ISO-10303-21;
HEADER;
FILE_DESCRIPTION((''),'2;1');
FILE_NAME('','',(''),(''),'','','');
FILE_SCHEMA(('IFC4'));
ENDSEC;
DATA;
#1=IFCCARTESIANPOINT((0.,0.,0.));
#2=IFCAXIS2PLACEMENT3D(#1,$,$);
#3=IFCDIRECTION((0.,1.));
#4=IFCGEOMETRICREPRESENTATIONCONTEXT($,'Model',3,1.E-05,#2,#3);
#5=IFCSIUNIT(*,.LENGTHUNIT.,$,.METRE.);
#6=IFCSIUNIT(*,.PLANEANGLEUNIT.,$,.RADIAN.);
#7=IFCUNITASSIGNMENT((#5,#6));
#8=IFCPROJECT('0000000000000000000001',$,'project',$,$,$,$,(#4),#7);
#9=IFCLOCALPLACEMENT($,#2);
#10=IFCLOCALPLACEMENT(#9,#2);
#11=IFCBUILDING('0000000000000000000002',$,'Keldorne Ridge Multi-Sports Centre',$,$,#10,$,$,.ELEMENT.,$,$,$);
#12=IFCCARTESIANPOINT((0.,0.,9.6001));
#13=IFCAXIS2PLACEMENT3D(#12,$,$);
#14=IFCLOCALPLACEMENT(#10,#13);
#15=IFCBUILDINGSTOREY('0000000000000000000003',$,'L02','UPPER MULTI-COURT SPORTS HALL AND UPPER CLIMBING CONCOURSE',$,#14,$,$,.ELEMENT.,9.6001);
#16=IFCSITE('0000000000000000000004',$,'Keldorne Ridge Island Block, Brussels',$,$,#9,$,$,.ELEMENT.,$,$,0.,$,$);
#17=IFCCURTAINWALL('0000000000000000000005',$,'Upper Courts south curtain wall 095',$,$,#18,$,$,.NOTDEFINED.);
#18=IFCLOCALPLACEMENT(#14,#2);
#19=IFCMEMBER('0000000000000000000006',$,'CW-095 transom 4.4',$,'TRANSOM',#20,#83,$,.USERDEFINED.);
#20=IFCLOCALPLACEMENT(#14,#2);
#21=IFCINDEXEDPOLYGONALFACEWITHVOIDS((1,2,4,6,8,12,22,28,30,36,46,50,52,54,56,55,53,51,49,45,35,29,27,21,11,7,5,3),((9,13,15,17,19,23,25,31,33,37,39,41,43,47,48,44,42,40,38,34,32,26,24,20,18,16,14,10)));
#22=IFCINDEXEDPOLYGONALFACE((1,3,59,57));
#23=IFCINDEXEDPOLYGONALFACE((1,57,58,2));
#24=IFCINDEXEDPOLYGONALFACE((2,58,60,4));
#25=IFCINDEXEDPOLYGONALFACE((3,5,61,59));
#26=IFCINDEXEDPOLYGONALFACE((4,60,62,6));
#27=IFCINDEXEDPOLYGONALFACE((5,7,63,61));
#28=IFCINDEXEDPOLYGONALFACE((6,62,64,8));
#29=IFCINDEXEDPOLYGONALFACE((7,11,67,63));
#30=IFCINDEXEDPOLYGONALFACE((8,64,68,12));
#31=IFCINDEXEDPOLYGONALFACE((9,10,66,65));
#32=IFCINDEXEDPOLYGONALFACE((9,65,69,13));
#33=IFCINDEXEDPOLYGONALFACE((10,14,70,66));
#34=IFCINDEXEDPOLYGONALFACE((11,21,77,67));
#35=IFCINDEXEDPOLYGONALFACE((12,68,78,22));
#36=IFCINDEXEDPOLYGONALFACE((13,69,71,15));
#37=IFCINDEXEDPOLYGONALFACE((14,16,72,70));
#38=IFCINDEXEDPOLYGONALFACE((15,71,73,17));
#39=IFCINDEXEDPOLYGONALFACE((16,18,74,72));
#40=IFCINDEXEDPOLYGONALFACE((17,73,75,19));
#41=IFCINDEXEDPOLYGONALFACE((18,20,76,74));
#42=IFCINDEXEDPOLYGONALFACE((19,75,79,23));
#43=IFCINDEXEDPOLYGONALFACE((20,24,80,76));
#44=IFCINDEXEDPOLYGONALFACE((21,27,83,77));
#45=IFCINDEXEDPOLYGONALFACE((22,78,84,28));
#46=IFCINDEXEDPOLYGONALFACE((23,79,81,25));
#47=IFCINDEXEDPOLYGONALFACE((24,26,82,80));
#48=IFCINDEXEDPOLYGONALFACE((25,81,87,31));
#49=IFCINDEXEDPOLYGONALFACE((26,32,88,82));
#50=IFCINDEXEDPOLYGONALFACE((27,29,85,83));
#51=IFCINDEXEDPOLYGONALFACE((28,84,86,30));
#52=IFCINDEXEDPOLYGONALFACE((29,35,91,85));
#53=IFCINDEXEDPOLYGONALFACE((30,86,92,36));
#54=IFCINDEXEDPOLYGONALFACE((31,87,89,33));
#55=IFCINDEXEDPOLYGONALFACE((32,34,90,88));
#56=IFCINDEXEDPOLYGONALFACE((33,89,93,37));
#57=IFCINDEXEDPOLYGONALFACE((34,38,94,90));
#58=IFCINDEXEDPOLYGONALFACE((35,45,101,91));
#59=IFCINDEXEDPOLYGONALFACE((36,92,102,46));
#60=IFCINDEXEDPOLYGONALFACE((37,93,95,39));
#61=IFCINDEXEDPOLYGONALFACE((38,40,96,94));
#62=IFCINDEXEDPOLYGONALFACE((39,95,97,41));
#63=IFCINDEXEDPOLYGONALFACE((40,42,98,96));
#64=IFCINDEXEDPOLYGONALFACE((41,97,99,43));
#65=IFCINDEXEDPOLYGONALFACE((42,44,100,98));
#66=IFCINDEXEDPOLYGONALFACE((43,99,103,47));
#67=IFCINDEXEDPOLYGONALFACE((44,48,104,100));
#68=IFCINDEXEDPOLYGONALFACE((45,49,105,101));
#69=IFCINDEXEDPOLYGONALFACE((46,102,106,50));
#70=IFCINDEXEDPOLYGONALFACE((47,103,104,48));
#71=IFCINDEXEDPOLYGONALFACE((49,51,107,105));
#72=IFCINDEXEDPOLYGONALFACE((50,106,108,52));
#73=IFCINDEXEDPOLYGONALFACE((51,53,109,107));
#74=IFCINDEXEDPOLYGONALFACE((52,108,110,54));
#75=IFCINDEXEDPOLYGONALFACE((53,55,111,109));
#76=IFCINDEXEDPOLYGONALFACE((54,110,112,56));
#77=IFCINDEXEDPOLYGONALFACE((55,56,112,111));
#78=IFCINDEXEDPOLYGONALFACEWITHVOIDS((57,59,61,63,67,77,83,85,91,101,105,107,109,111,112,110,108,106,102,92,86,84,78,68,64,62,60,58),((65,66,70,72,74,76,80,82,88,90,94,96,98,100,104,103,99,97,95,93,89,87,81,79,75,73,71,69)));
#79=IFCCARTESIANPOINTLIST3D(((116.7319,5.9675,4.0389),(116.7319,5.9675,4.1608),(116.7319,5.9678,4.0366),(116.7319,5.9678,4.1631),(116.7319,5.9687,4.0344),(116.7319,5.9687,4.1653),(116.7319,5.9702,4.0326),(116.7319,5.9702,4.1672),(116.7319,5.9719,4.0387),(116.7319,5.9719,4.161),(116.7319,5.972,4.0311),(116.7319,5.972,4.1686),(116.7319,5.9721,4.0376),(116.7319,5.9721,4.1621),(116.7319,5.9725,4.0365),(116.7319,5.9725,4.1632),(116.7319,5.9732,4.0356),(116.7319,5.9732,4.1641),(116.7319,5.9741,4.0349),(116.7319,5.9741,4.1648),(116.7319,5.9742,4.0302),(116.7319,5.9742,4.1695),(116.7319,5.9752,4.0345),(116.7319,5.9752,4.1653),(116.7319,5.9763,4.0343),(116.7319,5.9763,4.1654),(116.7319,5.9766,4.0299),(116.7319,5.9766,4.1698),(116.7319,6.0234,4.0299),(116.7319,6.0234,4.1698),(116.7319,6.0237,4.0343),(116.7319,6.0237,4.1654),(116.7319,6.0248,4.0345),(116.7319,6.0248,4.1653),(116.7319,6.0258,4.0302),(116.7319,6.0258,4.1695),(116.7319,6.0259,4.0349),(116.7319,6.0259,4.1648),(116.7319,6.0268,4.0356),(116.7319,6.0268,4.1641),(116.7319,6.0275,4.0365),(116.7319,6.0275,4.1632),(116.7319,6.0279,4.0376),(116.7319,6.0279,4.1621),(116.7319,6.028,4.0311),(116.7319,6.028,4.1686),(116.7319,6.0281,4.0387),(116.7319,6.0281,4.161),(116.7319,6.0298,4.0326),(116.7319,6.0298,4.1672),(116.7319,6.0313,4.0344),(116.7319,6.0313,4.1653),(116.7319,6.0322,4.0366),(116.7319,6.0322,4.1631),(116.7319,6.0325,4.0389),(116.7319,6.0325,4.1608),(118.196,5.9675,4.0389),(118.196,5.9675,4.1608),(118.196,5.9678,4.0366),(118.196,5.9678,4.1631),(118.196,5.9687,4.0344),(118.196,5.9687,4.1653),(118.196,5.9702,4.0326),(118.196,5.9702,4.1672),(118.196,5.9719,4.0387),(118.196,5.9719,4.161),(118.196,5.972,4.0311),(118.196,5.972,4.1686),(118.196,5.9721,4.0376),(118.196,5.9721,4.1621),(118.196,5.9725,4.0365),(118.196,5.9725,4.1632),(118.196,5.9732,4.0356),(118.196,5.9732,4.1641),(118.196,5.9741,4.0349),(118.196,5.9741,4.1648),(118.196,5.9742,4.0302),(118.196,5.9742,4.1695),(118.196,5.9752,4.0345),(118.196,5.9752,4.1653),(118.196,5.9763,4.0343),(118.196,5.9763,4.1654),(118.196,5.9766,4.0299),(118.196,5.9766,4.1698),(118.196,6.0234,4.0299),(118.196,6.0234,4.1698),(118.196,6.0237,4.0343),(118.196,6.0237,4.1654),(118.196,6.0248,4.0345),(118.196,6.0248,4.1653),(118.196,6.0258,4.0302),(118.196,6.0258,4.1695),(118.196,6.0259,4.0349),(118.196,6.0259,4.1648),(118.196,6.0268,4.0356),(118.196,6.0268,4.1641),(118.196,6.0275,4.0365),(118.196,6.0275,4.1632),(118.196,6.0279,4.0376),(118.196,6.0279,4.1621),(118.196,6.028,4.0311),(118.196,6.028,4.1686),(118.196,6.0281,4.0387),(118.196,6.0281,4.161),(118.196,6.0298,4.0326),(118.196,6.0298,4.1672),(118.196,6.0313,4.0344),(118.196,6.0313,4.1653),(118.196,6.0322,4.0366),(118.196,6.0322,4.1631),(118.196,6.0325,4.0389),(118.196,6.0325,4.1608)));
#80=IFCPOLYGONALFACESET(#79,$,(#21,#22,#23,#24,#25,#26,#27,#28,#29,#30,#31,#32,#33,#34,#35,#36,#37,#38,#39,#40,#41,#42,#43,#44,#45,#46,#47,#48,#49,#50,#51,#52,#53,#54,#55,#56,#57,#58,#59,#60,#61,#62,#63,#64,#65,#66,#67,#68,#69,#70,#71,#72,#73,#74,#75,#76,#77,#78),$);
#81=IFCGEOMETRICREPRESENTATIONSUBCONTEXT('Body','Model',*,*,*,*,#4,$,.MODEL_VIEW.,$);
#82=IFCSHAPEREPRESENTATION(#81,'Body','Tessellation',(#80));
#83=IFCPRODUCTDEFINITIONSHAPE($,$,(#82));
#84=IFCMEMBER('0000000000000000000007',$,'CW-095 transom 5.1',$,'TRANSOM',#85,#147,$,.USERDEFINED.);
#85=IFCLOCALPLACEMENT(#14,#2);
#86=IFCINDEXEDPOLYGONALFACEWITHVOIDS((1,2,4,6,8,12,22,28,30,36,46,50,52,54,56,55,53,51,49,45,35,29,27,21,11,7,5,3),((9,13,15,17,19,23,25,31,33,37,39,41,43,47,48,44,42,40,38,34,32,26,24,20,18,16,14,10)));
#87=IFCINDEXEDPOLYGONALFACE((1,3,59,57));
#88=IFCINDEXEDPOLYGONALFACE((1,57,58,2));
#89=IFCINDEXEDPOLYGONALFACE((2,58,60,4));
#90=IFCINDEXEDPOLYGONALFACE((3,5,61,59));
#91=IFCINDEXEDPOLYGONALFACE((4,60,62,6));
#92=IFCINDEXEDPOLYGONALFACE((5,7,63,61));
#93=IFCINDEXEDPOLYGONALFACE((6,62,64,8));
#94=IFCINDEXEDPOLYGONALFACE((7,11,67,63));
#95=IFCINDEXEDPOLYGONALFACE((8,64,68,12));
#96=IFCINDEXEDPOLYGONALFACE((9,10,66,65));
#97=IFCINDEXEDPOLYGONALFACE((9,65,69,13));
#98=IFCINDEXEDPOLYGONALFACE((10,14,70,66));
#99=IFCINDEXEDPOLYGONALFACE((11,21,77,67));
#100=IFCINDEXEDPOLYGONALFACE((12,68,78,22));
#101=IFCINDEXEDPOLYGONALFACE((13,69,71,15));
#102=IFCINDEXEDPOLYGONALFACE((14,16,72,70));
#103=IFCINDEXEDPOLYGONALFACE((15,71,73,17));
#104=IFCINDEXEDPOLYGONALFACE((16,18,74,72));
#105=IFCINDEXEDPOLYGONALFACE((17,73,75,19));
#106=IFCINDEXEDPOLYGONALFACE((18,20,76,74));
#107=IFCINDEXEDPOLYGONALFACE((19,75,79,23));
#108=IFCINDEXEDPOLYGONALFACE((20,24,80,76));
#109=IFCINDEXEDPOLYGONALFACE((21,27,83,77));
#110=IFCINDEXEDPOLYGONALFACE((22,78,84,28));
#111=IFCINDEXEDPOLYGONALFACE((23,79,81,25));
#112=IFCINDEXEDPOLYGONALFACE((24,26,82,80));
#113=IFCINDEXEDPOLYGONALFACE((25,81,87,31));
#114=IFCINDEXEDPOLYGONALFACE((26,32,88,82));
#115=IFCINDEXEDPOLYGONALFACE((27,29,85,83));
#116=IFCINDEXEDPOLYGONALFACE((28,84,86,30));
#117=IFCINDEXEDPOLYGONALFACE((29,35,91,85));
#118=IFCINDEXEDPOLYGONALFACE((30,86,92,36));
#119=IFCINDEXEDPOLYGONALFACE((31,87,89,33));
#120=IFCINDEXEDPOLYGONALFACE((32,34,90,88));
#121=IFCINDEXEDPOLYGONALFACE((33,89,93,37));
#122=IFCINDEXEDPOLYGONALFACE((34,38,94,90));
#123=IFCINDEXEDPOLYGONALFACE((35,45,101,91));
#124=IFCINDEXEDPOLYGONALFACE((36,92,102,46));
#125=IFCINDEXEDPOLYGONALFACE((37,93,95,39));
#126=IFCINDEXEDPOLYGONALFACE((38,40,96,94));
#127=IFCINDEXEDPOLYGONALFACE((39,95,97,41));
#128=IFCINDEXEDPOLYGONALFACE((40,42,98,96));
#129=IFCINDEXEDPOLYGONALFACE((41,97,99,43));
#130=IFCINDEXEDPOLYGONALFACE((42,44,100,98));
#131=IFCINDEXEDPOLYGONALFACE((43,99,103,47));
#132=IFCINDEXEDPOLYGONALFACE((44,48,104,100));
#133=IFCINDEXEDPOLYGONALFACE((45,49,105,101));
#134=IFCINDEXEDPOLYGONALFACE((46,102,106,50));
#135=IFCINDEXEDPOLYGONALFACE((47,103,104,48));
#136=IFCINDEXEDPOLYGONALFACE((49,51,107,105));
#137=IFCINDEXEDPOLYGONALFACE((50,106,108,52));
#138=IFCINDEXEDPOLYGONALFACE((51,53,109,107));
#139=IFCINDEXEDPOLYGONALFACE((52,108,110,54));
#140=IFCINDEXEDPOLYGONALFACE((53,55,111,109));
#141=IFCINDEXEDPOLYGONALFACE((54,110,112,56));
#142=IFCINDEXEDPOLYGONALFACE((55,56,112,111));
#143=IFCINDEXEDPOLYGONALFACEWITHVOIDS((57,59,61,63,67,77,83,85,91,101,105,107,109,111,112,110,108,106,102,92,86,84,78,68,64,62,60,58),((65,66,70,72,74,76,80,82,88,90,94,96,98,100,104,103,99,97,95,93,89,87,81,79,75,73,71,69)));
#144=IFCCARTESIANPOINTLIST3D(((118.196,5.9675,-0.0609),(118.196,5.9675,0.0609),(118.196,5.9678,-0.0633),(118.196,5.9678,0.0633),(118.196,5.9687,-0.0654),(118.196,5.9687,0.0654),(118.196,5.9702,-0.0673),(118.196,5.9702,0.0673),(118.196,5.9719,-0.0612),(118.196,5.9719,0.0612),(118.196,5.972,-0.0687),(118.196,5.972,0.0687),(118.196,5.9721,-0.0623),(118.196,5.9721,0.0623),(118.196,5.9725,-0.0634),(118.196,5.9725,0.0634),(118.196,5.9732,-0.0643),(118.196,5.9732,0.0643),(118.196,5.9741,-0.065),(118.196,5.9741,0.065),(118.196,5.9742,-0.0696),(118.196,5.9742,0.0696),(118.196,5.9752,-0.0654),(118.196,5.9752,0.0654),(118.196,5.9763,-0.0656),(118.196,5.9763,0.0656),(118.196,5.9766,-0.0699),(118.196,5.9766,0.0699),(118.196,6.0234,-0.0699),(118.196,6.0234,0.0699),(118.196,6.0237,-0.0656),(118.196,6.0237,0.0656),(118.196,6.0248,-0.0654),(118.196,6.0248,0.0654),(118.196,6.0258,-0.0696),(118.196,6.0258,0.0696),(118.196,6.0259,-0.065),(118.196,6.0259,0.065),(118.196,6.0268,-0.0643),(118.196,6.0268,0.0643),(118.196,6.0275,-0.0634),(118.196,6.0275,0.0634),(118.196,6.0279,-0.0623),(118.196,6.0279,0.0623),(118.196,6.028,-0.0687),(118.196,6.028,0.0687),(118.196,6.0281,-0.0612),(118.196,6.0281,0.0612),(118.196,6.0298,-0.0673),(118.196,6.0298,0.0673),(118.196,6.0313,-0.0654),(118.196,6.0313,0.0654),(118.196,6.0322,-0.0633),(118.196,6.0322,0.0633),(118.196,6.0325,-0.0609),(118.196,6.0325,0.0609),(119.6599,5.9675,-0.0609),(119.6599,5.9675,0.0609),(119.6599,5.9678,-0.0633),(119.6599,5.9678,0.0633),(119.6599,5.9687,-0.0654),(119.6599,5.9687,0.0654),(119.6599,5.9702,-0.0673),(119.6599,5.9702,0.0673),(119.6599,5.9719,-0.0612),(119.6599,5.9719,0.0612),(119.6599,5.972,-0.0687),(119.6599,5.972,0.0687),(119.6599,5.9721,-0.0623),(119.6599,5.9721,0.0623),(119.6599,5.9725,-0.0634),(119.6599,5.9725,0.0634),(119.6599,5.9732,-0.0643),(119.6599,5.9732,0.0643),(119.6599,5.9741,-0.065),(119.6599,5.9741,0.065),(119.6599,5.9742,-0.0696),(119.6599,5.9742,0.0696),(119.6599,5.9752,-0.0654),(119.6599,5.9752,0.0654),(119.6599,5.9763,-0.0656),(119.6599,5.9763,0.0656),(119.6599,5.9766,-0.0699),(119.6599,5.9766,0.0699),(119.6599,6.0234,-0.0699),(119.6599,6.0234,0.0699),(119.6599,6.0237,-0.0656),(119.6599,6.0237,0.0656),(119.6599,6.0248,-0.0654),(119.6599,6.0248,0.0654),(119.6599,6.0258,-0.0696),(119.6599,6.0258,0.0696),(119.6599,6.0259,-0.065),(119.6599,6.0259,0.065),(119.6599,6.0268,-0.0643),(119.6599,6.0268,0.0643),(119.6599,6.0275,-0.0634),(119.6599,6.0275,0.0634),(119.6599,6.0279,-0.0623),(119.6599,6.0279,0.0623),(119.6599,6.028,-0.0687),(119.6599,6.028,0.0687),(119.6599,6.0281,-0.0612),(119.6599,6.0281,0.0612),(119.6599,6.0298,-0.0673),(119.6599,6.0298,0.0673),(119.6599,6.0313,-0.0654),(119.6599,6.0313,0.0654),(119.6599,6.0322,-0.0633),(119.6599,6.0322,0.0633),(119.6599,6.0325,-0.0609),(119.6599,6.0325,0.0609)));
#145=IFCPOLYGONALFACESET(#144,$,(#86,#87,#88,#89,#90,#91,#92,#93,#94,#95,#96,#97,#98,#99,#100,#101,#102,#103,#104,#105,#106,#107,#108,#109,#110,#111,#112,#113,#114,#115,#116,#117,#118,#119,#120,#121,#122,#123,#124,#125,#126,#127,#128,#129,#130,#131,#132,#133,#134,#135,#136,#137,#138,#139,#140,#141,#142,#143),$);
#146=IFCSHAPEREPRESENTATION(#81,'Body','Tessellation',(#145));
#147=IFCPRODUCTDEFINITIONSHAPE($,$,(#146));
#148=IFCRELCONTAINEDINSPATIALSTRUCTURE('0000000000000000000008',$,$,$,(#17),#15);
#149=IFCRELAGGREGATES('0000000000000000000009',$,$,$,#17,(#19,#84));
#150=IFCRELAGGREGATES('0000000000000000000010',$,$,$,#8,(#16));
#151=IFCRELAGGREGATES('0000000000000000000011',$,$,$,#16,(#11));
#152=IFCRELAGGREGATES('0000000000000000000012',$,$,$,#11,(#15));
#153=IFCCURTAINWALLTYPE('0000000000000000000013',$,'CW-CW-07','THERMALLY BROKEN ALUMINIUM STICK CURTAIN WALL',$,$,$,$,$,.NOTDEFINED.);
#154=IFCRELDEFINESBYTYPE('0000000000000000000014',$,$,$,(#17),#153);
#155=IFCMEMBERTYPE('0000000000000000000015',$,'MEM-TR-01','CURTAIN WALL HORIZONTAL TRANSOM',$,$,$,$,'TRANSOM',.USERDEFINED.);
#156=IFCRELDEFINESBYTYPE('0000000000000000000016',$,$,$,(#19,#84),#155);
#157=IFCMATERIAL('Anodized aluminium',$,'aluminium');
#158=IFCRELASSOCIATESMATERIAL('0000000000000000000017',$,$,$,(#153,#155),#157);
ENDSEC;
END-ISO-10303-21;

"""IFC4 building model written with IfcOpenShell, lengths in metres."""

from ifc_helpers import new_model, si_unit, direction, frame, origin, origin_2d, place, context, subcontext, project, spatial, hollow_rectangle, extrude, material, material_profile, profile_set, type_object, element, aggregate, save


model = new_model("IFC4")

# Units and contexts
model_context = context("Model", 3, precision=1e-05, world=origin(), true_north=direction((0.0, 1.0)))
body_context = subcontext(model_context, "Body", "Model", "MODEL_VIEW")
ifc_project = project(units=[si_unit("LENGTHUNIT", "METRE"), si_unit("PLANEANGLEUNIT", "RADIAN")], contexts=[model_context])

# Site, building, storey
site_placement = place(None, origin())
site = spatial("IfcSite", under=ifc_project, at=site_placement, Name="Keldorne Ridge Island Block, Brussels", CompositionType="ELEMENT", RefElevation=0.0)
building_placement = place(site_placement, origin())
building = spatial("IfcBuilding", under=site, at=building_placement, Name="Keldorne Ridge Multi-Sports Centre", CompositionType="ELEMENT")
storey_placement = place(building_placement, frame((0.0, 0.0, 9.6001)))
storey = spatial("IfcBuildingStorey", under=building, at=storey_placement, Name="L02", Description="UPPER MULTI-COURT SPORTS HALL AND UPPER CLIMBING CONCOURSE", CompositionType="ELEMENT", Elevation=9.6001)

# Curtain wall
ifc_material_1 = material(Name="Anodized aluminium", Category="aluminium")
curtain_wall_type_1 = type_object("IfcCurtainWallType", Name="CW-CW-07", Description="THERMALLY BROKEN ALUMINIUM STICK CURTAIN WALL", PredefinedType="NOTDEFINED", material=ifc_material_1)
curtain_wall_1_placement = place(storey_placement, origin())
curtain_wall_1 = element("IfcCurtainWall", 1, at=curtain_wall_1_placement, inside=storey, type_object=curtain_wall_type_1, Name="Upper Courts south curtain wall 095", PredefinedType="NOTDEFINED")

# Members
ifc_material_profile_1 = material_profile(ifc_material_1, hollow_rectangle(XDim=0.0649, YDim=0.1399, WallThickness=0.0044, InnerFilletRadius=0.0044, OuterFilletRadius=0.009, at=origin_2d()), Name="ALU TRANSOM 140x65x4.5")
ifc_profile_set_1 = profile_set([ifc_material_profile_1], Name="Anodized aluminium")
member_type_1 = type_object("IfcMemberType", Name="MEM-TR-01", Description="CURTAIN WALL HORIZONTAL TRANSOM", ElementType="TRANSOM", PredefinedType="USERDEFINED", material=ifc_profile_set_1)
member_1_placement = place(storey_placement, frame((116.7319, 6.0, 4.0999), z_axis=(1.0, 0.0, 0.0), x_axis=(0.0, 1.0, 0.0)))
member_1 = element("IfcMember", 2, at=member_1_placement, type_object=member_type_1, Name="CW-095 transom 4.4", ObjectType="TRANSOM", PredefinedType="USERDEFINED", context=body_context, shape_type="SweptSolid", body=[
    extrude(hollow_rectangle(XDim=0.0649, YDim=0.1399, WallThickness=0.0044, InnerFilletRadius=0.0044, OuterFilletRadius=0.009, at=origin_2d()), origin(), (0.0, 0.0, 1.0), 1.4641),
])
member_2_placement = place(storey_placement, frame((118.196, 6.0, 0.0), z_axis=(1.0, 0.0, 0.0), x_axis=(0.0, 1.0, 0.0)))
member_2 = element("IfcMember", 3, at=member_2_placement, type_object=member_type_1, Name="CW-095 transom 5.1", ObjectType="TRANSOM", PredefinedType="USERDEFINED", context=body_context, shape_type="SweptSolid", body=[
    extrude(hollow_rectangle(XDim=0.0649, YDim=0.1399, WallThickness=0.0044, InnerFilletRadius=0.0044, OuterFilletRadius=0.009, at=origin_2d()), origin(), (0.0, 0.0, 1.0), 1.4639),
])

aggregate(curtain_wall_1, [member_1, member_2])

save(model, "model.ifc")
